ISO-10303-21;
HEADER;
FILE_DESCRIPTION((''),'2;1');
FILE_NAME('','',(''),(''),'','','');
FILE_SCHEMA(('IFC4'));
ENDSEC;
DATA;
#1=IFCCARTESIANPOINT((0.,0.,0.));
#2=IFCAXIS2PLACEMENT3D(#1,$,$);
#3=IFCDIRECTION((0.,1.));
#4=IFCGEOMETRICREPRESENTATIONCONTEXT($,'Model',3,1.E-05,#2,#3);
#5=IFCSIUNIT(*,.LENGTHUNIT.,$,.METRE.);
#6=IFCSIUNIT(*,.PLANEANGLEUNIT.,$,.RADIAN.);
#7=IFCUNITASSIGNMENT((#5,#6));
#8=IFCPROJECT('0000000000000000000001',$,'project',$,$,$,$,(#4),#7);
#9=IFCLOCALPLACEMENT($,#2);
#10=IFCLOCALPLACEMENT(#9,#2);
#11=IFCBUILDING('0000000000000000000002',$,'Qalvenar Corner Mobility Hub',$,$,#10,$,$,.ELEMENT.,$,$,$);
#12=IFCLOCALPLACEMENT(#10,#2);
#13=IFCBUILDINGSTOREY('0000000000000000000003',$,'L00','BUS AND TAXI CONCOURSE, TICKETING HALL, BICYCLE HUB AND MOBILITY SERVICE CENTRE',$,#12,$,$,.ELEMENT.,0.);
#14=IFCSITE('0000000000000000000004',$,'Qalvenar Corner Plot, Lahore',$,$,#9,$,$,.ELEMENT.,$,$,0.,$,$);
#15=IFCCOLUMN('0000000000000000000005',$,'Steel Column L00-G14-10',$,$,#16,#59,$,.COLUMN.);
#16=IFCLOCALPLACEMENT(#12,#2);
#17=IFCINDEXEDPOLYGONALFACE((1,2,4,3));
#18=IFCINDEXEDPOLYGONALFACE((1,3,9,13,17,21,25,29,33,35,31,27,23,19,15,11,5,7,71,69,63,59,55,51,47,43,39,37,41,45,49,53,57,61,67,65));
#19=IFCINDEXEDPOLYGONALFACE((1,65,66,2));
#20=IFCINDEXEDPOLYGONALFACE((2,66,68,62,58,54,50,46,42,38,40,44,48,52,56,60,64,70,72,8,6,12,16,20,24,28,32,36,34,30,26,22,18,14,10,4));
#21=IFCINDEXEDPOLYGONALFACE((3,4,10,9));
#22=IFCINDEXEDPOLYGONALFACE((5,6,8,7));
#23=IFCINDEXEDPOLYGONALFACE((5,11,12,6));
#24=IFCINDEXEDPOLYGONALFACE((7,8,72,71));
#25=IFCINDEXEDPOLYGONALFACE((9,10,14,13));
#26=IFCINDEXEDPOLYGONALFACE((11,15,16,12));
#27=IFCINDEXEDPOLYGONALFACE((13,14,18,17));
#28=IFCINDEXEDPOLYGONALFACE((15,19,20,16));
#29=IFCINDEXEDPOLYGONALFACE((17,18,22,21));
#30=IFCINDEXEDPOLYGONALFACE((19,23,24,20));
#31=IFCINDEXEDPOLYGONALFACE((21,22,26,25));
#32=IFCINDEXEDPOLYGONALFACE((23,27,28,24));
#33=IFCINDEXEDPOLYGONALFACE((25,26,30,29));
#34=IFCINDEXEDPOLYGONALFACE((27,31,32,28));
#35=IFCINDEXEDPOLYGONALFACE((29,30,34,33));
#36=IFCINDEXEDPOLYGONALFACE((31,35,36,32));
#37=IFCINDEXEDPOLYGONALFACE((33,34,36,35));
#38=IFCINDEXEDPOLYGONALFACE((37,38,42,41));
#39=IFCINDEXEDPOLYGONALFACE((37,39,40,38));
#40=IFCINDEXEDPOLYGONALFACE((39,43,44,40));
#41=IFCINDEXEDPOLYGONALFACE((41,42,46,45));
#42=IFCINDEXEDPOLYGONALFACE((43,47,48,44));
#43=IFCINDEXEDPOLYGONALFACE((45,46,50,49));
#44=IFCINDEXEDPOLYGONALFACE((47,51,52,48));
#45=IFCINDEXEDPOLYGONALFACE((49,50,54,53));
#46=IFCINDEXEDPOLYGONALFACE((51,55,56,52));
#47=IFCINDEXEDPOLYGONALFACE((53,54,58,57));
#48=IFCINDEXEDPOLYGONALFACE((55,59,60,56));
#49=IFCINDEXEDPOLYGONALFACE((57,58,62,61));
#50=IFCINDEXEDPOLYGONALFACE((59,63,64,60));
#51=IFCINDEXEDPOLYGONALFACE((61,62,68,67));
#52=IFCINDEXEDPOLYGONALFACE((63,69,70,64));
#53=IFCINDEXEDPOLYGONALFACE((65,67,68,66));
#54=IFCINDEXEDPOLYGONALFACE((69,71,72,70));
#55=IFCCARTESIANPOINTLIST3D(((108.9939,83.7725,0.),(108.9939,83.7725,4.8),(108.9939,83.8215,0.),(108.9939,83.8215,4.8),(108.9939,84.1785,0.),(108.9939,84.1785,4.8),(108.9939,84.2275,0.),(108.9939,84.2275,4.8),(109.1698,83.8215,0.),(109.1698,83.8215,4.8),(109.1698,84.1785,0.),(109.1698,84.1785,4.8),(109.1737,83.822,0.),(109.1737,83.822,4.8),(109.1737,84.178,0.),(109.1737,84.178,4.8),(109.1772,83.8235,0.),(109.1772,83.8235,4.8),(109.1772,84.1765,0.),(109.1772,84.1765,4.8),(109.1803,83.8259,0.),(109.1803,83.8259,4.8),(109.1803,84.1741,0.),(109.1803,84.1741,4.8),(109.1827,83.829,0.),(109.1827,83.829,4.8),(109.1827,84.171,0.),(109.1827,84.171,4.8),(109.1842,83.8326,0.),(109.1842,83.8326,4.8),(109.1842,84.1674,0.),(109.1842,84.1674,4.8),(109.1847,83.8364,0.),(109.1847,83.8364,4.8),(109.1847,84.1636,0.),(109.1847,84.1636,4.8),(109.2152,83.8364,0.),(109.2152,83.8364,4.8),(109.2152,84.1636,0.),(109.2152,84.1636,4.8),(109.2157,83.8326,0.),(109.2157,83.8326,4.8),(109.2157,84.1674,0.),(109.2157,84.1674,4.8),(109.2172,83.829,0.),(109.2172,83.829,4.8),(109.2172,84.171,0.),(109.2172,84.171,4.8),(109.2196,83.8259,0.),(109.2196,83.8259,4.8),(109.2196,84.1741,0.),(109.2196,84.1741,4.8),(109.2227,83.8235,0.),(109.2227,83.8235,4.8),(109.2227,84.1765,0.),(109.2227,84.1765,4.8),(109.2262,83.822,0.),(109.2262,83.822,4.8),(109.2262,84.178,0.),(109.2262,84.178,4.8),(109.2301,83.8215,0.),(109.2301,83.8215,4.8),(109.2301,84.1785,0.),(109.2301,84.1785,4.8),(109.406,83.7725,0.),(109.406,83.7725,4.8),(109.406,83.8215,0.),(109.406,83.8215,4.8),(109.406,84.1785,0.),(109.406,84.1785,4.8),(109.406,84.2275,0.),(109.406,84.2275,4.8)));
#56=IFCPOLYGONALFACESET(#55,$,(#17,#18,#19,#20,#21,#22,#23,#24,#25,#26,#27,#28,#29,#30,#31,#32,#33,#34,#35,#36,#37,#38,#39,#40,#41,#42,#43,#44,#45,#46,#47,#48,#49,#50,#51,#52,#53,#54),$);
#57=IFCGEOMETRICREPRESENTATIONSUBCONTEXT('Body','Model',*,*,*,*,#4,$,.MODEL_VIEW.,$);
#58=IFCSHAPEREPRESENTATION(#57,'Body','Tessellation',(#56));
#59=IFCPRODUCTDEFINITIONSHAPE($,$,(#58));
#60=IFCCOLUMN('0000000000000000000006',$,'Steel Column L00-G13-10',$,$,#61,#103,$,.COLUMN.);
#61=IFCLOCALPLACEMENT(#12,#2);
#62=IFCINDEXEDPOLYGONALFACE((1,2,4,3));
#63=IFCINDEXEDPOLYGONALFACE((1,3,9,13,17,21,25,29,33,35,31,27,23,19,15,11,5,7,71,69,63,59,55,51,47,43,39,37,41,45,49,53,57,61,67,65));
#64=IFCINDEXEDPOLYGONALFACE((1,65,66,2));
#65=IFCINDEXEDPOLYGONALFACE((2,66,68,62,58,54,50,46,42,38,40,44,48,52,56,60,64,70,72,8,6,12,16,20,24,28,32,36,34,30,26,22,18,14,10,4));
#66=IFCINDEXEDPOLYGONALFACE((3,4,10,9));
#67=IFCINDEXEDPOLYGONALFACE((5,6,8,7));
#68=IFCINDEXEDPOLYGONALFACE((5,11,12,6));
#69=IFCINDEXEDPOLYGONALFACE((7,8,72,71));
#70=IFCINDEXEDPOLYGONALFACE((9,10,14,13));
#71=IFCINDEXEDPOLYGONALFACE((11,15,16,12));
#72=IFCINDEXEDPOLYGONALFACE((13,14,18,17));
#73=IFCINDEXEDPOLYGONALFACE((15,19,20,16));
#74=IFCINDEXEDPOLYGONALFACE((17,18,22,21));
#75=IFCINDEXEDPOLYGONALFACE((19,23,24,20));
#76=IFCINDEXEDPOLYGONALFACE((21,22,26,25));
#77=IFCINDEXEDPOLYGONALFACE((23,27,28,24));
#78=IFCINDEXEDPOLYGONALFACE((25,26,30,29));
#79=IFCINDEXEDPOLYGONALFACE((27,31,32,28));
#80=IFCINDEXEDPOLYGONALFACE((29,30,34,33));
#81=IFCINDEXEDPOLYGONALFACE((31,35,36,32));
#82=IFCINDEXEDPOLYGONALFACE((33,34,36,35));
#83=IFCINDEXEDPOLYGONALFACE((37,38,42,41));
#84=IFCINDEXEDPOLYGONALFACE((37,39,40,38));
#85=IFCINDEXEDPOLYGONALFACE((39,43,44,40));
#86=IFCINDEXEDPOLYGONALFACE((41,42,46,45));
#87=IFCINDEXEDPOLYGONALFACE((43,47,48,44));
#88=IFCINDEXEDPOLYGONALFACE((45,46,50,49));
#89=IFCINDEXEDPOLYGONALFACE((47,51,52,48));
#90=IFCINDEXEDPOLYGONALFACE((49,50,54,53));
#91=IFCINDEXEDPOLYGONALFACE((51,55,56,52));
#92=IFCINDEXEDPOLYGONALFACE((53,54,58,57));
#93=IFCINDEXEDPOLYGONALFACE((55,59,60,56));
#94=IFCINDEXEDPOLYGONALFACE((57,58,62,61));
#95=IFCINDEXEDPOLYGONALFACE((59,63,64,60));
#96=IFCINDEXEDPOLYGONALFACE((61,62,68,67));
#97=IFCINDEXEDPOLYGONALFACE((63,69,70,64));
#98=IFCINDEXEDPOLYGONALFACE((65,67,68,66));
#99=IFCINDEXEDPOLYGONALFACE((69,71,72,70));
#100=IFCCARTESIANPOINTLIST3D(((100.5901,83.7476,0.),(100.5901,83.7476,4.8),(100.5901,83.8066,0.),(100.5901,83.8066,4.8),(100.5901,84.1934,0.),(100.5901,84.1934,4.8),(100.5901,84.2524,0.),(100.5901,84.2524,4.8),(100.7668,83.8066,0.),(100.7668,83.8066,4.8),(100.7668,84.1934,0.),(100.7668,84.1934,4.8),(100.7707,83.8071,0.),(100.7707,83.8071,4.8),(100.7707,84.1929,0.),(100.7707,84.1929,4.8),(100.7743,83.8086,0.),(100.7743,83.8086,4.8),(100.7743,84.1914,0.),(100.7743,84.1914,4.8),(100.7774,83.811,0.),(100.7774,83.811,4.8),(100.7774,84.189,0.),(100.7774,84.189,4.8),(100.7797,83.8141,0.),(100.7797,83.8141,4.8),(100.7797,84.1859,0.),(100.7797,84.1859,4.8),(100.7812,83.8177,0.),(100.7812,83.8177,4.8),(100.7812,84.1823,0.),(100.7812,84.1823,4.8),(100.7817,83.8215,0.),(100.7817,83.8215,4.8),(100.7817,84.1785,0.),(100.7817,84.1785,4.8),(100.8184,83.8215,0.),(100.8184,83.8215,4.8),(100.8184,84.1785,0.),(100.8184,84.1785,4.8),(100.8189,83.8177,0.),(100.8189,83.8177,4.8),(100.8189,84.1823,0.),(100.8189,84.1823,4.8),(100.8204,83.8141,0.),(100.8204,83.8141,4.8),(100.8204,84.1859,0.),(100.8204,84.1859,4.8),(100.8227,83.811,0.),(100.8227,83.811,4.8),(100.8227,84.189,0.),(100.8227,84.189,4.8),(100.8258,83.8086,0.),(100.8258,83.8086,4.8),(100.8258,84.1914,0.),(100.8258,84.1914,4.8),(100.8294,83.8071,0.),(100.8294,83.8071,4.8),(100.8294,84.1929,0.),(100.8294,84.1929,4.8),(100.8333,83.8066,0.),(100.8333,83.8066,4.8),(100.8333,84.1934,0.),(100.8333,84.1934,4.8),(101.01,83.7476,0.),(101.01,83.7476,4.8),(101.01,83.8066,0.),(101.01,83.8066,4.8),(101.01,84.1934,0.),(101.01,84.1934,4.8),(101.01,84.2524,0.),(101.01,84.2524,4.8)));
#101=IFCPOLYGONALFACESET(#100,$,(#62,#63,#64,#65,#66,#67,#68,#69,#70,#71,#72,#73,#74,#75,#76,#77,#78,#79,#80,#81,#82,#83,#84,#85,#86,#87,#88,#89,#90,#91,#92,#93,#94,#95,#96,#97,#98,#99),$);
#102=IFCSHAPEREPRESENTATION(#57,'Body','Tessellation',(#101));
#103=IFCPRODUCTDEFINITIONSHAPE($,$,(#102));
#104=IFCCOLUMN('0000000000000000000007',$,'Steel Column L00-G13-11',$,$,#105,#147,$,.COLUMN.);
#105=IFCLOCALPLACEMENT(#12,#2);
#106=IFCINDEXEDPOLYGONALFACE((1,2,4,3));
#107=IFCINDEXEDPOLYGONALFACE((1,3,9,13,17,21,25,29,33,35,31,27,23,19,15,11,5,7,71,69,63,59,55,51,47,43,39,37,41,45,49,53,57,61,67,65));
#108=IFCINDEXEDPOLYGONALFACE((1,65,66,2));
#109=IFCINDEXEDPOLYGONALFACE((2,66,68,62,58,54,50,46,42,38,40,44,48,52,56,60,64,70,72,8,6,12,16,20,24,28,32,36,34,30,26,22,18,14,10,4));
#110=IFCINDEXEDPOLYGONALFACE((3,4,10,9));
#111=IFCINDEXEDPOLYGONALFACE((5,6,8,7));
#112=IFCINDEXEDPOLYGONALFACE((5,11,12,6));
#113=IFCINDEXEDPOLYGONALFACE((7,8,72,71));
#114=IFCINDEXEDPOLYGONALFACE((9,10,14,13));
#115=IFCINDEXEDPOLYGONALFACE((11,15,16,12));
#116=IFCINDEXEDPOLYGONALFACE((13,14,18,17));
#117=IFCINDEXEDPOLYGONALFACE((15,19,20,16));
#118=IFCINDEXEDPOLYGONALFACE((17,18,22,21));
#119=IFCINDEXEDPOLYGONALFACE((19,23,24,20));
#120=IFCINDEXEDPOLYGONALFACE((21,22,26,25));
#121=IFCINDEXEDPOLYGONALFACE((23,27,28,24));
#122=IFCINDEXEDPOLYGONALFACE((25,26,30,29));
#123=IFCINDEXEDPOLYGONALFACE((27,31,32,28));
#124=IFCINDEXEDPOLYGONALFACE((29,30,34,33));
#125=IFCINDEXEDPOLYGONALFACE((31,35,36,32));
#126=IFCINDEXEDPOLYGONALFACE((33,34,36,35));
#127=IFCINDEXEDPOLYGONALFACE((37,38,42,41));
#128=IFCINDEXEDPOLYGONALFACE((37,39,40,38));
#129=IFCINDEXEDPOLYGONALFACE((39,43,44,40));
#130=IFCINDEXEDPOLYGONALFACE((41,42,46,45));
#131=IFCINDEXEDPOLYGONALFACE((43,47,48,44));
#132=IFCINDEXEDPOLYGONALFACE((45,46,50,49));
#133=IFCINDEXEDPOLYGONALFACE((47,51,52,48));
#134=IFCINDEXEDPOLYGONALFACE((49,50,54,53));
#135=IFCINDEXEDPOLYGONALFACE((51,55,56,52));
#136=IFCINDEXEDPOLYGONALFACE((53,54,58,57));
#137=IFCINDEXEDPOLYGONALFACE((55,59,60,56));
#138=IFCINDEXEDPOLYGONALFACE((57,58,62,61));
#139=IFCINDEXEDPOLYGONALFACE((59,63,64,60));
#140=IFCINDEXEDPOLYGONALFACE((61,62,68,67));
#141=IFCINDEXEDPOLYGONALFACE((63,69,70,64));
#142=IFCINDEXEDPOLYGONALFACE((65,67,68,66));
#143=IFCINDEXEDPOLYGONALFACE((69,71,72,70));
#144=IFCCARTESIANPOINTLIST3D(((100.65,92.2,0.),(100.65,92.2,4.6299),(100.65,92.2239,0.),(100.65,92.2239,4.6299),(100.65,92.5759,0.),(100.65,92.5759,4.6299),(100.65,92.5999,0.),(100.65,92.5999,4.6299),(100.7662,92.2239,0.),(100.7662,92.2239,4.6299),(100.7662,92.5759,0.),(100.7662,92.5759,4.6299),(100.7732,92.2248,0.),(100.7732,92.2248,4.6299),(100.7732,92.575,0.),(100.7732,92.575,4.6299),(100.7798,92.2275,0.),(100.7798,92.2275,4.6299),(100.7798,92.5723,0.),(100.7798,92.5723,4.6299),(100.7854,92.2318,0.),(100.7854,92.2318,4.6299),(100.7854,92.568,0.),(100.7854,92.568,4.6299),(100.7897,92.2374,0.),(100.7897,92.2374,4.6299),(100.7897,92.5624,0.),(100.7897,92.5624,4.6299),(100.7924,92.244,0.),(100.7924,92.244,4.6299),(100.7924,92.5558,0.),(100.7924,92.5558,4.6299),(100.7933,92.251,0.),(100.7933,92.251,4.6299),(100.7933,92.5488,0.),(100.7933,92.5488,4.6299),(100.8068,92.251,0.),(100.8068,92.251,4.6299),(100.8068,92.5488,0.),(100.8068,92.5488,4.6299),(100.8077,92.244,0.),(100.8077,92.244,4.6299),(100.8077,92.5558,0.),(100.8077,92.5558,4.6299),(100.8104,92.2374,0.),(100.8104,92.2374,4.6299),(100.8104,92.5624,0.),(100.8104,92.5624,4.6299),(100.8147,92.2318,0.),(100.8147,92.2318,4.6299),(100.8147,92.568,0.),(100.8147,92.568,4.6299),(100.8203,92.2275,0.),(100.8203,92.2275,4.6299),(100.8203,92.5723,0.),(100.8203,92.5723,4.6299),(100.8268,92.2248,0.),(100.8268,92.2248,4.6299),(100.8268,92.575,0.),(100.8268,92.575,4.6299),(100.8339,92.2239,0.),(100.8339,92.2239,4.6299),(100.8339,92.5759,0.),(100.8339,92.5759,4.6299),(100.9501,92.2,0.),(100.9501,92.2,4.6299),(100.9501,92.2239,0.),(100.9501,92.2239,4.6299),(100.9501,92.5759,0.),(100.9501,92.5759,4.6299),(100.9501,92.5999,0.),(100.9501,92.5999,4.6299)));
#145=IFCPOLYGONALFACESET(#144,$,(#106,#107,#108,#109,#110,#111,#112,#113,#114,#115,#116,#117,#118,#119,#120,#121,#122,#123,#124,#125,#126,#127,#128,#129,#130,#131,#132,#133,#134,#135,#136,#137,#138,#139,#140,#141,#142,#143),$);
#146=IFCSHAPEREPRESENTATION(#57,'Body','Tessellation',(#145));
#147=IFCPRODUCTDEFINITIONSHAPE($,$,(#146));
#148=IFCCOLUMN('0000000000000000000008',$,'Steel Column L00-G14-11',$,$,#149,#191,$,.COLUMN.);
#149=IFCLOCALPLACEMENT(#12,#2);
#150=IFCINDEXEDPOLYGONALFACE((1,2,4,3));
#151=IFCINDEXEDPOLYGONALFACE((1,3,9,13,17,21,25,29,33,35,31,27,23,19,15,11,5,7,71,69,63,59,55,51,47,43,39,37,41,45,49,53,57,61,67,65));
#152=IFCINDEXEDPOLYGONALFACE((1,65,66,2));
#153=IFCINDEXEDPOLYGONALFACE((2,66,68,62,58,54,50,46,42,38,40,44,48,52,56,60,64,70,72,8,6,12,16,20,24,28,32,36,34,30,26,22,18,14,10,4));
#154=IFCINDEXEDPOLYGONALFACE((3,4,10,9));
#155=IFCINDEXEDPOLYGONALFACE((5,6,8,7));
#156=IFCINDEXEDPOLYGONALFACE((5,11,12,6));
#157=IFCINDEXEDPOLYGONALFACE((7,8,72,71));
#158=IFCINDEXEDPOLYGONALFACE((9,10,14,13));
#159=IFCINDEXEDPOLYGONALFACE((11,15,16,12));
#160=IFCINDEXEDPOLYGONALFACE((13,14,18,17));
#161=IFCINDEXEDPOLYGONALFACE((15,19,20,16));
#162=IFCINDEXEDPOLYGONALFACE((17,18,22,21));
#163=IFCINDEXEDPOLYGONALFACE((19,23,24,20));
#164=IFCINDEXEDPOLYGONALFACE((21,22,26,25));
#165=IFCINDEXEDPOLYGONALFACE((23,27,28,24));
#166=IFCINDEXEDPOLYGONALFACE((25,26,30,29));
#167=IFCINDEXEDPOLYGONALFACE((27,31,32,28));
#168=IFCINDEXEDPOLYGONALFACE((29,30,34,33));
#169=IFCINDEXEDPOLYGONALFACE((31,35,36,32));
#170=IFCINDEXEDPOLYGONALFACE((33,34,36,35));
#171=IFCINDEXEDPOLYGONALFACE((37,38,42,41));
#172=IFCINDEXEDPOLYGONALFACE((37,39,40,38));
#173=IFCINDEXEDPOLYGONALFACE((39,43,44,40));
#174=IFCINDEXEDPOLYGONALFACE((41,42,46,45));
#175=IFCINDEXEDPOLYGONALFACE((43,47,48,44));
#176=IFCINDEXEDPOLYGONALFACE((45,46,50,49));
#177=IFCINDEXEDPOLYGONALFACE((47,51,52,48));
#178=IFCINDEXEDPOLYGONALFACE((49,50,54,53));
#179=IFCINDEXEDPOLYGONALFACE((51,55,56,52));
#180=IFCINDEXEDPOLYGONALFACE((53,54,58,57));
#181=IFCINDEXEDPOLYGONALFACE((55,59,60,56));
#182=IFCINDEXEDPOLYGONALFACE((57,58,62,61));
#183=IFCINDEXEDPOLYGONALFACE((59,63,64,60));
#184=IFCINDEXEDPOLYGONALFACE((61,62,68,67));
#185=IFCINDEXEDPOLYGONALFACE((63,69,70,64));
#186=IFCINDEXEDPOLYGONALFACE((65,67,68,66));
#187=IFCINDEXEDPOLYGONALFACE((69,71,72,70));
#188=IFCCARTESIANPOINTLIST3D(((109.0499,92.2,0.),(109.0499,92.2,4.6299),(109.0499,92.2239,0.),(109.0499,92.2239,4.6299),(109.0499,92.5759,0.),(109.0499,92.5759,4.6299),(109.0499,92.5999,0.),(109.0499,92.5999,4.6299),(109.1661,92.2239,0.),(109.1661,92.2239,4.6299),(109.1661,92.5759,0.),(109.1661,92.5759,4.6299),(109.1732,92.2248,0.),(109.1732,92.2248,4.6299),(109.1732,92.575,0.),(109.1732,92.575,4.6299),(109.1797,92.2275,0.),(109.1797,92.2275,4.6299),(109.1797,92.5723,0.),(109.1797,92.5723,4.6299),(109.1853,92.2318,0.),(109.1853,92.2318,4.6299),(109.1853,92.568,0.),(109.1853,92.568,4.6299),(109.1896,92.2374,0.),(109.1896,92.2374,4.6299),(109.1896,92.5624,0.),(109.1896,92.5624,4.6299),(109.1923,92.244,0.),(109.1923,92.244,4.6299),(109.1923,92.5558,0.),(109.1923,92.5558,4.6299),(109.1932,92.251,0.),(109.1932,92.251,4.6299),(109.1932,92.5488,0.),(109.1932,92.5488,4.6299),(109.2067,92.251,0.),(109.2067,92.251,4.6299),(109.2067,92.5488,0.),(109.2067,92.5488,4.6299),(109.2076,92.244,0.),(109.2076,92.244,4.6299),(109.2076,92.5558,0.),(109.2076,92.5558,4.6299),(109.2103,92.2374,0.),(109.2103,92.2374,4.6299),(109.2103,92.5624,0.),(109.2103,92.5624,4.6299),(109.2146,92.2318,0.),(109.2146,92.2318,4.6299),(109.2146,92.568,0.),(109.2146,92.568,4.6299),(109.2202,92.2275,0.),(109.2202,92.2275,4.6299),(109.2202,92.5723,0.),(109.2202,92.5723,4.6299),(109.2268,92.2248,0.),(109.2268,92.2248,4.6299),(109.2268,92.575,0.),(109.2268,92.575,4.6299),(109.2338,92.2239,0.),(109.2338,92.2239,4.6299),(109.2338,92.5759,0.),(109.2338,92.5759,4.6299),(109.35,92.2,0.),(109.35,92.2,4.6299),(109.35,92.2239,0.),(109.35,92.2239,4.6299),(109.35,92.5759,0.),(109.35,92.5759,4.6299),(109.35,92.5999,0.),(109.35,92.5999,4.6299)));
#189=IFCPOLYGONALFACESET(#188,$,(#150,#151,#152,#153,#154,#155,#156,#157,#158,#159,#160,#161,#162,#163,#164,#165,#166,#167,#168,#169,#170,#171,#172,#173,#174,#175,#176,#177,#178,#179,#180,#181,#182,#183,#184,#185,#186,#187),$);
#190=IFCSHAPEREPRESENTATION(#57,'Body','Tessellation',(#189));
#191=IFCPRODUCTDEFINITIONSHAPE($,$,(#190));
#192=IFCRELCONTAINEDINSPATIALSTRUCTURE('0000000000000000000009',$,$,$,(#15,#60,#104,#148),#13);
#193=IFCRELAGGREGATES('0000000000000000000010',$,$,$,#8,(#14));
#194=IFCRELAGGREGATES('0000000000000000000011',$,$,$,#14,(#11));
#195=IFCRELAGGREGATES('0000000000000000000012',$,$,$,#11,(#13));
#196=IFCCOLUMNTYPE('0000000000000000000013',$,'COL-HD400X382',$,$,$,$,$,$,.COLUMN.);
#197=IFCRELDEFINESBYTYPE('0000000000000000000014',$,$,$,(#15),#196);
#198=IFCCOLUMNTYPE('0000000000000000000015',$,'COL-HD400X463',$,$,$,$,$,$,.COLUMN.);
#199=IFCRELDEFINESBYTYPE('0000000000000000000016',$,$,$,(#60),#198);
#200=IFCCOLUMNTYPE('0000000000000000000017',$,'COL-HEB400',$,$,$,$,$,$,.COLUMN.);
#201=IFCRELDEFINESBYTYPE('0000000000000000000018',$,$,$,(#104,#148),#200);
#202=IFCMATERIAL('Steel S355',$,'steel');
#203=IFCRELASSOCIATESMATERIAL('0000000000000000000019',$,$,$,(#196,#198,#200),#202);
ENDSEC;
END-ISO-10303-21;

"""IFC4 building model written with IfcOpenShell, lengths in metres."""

from ifc_helpers import new_model, si_unit, direction, frame, origin, origin_2d, place, context, subcontext, project, spatial, i_section, extrude, material, material_profile, profile_set, type_object, element, save


model = new_model("IFC4")

# Units and contexts
model_context = context("Model", 3, precision=1e-05, world=origin(), true_north=direction((0.0, 1.0)))
body_context = subcontext(model_context, "Body", "Model", "MODEL_VIEW")
ifc_project = project(units=[si_unit("LENGTHUNIT", "METRE"), si_unit("PLANEANGLEUNIT", "RADIAN")], contexts=[model_context])

# Site, building, storey
site_placement = place(None, origin())
site = spatial("IfcSite", under=ifc_project, at=site_placement, Name="Qalvenar Corner Plot, Lahore", CompositionType="ELEMENT", RefElevation=0.0)
building_placement = place(site_placement, origin())
building = spatial("IfcBuilding", under=site, at=building_placement, Name="Qalvenar Corner Mobility Hub", CompositionType="ELEMENT")
storey_placement = place(building_placement, origin())
storey = spatial("IfcBuildingStorey", under=building, at=storey_placement, Name="L00", Description="BUS AND TAXI CONCOURSE, TICKETING HALL, BICYCLE HUB AND MOBILITY SERVICE CENTRE", CompositionType="ELEMENT", Elevation=0.0)

# Columns
ifc_material = material(Name="Steel S355", Category="steel")
ifc_material_profile_1 = material_profile(ifc_material, i_section(OverallWidth=0.4121, OverallDepth=0.4551, WebThickness=0.0305, FlangeThickness=0.0491, FilletRadius=0.0149, at=origin_2d()), Name="HD400x421")
ifc_profile_set_1 = profile_set([ifc_material_profile_1], Name="Steel S355")
column_type_1 = type_object("IfcColumnType", Name="COL-HD400X382", PredefinedType="COLUMN", material=ifc_profile_set_1)
column_1_placement = place(storey_placement, frame((109.2, 84.0, 0.0), z_axis=(0.0, 0.0, 1.0), x_axis=(1.0, 0.0, 0.0)))
element("IfcColumn", 1, at=column_1_placement, inside=storey, type_object=column_type_1, Name="Steel Column L00-G14-10", PredefinedType="COLUMN", context=body_context, shape_type="SweptSolid", body=[
    extrude(i_section(OverallWidth=0.4121, OverallDepth=0.4551, WebThickness=0.0305, FlangeThickness=0.0491, FilletRadius=0.0149, at=origin_2d()), origin(), (0.0, 0.0, 1.0), 4.8),
])
ifc_material_profile_2 = material_profile(ifc_material, i_section(OverallWidth=0.4199, OverallDepth=0.5049, WebThickness=0.0366, FlangeThickness=0.0591, FilletRadius=0.0149, at=origin_2d()), Name="HD400x551")
ifc_profile_set_2 = profile_set([ifc_material_profile_2], Name="Steel S355")
column_type_2 = type_object("IfcColumnType", Name="COL-HD400X463", PredefinedType="COLUMN", material=ifc_profile_set_2)
column_2_placement = place(storey_placement, frame((100.8, 84.0, 0.0), z_axis=(0.0, 0.0, 1.0), x_axis=(1.0, 0.0, 0.0)))
element("IfcColumn", 2, at=column_2_placement, inside=storey, type_object=column_type_2, Name="Steel Column L00-G13-10", PredefinedType="COLUMN", context=body_context, shape_type="SweptSolid", body=[
    extrude(i_section(OverallWidth=0.4199, OverallDepth=0.5049, WebThickness=0.0366, FlangeThickness=0.0591, FilletRadius=0.0149, at=origin_2d()), origin(), (0.0, 0.0, 1.0), 4.8),
])
ifc_material_profile_3 = material_profile(ifc_material, i_section(OverallWidth=0.3, OverallDepth=0.3999, WebThickness=0.0134, FlangeThickness=0.0239, FilletRadius=0.0271, at=origin_2d()), Name="HEB400")
ifc_profile_set_3 = profile_set([ifc_material_profile_3], Name="Steel S355")
column_type_3 = type_object("IfcColumnType", Name="COL-HEB400", PredefinedType="COLUMN", material=ifc_profile_set_3)
for number, where, z_axis, x_axis, name in (
    (3, (100.8, 92.3999, 0.0), (0.0, 0.0, 1.0), (1.0, 0.0, 0.0), "Steel Column L00-G13-11"),
    (4, (109.2, 92.3999, 0.0), (0.0, 0.0, 1.0), (1.0, 0.0, 0.0), "Steel Column L00-G14-11"),
):
    element("IfcColumn", number, at=place(storey_placement, frame(where, z_axis=z_axis, x_axis=x_axis)), inside=storey, type_object=column_type_3, Name=name, PredefinedType="COLUMN", context=body_context, shape_type="SweptSolid", body=[
        extrude(i_section(OverallWidth=0.3, OverallDepth=0.3999, WebThickness=0.0134, FlangeThickness=0.0239, FilletRadius=0.0271, at=origin_2d()), origin(), (0.0, 0.0, 1.0), 4.6299),
    ])

save(model, "model.ifc")
